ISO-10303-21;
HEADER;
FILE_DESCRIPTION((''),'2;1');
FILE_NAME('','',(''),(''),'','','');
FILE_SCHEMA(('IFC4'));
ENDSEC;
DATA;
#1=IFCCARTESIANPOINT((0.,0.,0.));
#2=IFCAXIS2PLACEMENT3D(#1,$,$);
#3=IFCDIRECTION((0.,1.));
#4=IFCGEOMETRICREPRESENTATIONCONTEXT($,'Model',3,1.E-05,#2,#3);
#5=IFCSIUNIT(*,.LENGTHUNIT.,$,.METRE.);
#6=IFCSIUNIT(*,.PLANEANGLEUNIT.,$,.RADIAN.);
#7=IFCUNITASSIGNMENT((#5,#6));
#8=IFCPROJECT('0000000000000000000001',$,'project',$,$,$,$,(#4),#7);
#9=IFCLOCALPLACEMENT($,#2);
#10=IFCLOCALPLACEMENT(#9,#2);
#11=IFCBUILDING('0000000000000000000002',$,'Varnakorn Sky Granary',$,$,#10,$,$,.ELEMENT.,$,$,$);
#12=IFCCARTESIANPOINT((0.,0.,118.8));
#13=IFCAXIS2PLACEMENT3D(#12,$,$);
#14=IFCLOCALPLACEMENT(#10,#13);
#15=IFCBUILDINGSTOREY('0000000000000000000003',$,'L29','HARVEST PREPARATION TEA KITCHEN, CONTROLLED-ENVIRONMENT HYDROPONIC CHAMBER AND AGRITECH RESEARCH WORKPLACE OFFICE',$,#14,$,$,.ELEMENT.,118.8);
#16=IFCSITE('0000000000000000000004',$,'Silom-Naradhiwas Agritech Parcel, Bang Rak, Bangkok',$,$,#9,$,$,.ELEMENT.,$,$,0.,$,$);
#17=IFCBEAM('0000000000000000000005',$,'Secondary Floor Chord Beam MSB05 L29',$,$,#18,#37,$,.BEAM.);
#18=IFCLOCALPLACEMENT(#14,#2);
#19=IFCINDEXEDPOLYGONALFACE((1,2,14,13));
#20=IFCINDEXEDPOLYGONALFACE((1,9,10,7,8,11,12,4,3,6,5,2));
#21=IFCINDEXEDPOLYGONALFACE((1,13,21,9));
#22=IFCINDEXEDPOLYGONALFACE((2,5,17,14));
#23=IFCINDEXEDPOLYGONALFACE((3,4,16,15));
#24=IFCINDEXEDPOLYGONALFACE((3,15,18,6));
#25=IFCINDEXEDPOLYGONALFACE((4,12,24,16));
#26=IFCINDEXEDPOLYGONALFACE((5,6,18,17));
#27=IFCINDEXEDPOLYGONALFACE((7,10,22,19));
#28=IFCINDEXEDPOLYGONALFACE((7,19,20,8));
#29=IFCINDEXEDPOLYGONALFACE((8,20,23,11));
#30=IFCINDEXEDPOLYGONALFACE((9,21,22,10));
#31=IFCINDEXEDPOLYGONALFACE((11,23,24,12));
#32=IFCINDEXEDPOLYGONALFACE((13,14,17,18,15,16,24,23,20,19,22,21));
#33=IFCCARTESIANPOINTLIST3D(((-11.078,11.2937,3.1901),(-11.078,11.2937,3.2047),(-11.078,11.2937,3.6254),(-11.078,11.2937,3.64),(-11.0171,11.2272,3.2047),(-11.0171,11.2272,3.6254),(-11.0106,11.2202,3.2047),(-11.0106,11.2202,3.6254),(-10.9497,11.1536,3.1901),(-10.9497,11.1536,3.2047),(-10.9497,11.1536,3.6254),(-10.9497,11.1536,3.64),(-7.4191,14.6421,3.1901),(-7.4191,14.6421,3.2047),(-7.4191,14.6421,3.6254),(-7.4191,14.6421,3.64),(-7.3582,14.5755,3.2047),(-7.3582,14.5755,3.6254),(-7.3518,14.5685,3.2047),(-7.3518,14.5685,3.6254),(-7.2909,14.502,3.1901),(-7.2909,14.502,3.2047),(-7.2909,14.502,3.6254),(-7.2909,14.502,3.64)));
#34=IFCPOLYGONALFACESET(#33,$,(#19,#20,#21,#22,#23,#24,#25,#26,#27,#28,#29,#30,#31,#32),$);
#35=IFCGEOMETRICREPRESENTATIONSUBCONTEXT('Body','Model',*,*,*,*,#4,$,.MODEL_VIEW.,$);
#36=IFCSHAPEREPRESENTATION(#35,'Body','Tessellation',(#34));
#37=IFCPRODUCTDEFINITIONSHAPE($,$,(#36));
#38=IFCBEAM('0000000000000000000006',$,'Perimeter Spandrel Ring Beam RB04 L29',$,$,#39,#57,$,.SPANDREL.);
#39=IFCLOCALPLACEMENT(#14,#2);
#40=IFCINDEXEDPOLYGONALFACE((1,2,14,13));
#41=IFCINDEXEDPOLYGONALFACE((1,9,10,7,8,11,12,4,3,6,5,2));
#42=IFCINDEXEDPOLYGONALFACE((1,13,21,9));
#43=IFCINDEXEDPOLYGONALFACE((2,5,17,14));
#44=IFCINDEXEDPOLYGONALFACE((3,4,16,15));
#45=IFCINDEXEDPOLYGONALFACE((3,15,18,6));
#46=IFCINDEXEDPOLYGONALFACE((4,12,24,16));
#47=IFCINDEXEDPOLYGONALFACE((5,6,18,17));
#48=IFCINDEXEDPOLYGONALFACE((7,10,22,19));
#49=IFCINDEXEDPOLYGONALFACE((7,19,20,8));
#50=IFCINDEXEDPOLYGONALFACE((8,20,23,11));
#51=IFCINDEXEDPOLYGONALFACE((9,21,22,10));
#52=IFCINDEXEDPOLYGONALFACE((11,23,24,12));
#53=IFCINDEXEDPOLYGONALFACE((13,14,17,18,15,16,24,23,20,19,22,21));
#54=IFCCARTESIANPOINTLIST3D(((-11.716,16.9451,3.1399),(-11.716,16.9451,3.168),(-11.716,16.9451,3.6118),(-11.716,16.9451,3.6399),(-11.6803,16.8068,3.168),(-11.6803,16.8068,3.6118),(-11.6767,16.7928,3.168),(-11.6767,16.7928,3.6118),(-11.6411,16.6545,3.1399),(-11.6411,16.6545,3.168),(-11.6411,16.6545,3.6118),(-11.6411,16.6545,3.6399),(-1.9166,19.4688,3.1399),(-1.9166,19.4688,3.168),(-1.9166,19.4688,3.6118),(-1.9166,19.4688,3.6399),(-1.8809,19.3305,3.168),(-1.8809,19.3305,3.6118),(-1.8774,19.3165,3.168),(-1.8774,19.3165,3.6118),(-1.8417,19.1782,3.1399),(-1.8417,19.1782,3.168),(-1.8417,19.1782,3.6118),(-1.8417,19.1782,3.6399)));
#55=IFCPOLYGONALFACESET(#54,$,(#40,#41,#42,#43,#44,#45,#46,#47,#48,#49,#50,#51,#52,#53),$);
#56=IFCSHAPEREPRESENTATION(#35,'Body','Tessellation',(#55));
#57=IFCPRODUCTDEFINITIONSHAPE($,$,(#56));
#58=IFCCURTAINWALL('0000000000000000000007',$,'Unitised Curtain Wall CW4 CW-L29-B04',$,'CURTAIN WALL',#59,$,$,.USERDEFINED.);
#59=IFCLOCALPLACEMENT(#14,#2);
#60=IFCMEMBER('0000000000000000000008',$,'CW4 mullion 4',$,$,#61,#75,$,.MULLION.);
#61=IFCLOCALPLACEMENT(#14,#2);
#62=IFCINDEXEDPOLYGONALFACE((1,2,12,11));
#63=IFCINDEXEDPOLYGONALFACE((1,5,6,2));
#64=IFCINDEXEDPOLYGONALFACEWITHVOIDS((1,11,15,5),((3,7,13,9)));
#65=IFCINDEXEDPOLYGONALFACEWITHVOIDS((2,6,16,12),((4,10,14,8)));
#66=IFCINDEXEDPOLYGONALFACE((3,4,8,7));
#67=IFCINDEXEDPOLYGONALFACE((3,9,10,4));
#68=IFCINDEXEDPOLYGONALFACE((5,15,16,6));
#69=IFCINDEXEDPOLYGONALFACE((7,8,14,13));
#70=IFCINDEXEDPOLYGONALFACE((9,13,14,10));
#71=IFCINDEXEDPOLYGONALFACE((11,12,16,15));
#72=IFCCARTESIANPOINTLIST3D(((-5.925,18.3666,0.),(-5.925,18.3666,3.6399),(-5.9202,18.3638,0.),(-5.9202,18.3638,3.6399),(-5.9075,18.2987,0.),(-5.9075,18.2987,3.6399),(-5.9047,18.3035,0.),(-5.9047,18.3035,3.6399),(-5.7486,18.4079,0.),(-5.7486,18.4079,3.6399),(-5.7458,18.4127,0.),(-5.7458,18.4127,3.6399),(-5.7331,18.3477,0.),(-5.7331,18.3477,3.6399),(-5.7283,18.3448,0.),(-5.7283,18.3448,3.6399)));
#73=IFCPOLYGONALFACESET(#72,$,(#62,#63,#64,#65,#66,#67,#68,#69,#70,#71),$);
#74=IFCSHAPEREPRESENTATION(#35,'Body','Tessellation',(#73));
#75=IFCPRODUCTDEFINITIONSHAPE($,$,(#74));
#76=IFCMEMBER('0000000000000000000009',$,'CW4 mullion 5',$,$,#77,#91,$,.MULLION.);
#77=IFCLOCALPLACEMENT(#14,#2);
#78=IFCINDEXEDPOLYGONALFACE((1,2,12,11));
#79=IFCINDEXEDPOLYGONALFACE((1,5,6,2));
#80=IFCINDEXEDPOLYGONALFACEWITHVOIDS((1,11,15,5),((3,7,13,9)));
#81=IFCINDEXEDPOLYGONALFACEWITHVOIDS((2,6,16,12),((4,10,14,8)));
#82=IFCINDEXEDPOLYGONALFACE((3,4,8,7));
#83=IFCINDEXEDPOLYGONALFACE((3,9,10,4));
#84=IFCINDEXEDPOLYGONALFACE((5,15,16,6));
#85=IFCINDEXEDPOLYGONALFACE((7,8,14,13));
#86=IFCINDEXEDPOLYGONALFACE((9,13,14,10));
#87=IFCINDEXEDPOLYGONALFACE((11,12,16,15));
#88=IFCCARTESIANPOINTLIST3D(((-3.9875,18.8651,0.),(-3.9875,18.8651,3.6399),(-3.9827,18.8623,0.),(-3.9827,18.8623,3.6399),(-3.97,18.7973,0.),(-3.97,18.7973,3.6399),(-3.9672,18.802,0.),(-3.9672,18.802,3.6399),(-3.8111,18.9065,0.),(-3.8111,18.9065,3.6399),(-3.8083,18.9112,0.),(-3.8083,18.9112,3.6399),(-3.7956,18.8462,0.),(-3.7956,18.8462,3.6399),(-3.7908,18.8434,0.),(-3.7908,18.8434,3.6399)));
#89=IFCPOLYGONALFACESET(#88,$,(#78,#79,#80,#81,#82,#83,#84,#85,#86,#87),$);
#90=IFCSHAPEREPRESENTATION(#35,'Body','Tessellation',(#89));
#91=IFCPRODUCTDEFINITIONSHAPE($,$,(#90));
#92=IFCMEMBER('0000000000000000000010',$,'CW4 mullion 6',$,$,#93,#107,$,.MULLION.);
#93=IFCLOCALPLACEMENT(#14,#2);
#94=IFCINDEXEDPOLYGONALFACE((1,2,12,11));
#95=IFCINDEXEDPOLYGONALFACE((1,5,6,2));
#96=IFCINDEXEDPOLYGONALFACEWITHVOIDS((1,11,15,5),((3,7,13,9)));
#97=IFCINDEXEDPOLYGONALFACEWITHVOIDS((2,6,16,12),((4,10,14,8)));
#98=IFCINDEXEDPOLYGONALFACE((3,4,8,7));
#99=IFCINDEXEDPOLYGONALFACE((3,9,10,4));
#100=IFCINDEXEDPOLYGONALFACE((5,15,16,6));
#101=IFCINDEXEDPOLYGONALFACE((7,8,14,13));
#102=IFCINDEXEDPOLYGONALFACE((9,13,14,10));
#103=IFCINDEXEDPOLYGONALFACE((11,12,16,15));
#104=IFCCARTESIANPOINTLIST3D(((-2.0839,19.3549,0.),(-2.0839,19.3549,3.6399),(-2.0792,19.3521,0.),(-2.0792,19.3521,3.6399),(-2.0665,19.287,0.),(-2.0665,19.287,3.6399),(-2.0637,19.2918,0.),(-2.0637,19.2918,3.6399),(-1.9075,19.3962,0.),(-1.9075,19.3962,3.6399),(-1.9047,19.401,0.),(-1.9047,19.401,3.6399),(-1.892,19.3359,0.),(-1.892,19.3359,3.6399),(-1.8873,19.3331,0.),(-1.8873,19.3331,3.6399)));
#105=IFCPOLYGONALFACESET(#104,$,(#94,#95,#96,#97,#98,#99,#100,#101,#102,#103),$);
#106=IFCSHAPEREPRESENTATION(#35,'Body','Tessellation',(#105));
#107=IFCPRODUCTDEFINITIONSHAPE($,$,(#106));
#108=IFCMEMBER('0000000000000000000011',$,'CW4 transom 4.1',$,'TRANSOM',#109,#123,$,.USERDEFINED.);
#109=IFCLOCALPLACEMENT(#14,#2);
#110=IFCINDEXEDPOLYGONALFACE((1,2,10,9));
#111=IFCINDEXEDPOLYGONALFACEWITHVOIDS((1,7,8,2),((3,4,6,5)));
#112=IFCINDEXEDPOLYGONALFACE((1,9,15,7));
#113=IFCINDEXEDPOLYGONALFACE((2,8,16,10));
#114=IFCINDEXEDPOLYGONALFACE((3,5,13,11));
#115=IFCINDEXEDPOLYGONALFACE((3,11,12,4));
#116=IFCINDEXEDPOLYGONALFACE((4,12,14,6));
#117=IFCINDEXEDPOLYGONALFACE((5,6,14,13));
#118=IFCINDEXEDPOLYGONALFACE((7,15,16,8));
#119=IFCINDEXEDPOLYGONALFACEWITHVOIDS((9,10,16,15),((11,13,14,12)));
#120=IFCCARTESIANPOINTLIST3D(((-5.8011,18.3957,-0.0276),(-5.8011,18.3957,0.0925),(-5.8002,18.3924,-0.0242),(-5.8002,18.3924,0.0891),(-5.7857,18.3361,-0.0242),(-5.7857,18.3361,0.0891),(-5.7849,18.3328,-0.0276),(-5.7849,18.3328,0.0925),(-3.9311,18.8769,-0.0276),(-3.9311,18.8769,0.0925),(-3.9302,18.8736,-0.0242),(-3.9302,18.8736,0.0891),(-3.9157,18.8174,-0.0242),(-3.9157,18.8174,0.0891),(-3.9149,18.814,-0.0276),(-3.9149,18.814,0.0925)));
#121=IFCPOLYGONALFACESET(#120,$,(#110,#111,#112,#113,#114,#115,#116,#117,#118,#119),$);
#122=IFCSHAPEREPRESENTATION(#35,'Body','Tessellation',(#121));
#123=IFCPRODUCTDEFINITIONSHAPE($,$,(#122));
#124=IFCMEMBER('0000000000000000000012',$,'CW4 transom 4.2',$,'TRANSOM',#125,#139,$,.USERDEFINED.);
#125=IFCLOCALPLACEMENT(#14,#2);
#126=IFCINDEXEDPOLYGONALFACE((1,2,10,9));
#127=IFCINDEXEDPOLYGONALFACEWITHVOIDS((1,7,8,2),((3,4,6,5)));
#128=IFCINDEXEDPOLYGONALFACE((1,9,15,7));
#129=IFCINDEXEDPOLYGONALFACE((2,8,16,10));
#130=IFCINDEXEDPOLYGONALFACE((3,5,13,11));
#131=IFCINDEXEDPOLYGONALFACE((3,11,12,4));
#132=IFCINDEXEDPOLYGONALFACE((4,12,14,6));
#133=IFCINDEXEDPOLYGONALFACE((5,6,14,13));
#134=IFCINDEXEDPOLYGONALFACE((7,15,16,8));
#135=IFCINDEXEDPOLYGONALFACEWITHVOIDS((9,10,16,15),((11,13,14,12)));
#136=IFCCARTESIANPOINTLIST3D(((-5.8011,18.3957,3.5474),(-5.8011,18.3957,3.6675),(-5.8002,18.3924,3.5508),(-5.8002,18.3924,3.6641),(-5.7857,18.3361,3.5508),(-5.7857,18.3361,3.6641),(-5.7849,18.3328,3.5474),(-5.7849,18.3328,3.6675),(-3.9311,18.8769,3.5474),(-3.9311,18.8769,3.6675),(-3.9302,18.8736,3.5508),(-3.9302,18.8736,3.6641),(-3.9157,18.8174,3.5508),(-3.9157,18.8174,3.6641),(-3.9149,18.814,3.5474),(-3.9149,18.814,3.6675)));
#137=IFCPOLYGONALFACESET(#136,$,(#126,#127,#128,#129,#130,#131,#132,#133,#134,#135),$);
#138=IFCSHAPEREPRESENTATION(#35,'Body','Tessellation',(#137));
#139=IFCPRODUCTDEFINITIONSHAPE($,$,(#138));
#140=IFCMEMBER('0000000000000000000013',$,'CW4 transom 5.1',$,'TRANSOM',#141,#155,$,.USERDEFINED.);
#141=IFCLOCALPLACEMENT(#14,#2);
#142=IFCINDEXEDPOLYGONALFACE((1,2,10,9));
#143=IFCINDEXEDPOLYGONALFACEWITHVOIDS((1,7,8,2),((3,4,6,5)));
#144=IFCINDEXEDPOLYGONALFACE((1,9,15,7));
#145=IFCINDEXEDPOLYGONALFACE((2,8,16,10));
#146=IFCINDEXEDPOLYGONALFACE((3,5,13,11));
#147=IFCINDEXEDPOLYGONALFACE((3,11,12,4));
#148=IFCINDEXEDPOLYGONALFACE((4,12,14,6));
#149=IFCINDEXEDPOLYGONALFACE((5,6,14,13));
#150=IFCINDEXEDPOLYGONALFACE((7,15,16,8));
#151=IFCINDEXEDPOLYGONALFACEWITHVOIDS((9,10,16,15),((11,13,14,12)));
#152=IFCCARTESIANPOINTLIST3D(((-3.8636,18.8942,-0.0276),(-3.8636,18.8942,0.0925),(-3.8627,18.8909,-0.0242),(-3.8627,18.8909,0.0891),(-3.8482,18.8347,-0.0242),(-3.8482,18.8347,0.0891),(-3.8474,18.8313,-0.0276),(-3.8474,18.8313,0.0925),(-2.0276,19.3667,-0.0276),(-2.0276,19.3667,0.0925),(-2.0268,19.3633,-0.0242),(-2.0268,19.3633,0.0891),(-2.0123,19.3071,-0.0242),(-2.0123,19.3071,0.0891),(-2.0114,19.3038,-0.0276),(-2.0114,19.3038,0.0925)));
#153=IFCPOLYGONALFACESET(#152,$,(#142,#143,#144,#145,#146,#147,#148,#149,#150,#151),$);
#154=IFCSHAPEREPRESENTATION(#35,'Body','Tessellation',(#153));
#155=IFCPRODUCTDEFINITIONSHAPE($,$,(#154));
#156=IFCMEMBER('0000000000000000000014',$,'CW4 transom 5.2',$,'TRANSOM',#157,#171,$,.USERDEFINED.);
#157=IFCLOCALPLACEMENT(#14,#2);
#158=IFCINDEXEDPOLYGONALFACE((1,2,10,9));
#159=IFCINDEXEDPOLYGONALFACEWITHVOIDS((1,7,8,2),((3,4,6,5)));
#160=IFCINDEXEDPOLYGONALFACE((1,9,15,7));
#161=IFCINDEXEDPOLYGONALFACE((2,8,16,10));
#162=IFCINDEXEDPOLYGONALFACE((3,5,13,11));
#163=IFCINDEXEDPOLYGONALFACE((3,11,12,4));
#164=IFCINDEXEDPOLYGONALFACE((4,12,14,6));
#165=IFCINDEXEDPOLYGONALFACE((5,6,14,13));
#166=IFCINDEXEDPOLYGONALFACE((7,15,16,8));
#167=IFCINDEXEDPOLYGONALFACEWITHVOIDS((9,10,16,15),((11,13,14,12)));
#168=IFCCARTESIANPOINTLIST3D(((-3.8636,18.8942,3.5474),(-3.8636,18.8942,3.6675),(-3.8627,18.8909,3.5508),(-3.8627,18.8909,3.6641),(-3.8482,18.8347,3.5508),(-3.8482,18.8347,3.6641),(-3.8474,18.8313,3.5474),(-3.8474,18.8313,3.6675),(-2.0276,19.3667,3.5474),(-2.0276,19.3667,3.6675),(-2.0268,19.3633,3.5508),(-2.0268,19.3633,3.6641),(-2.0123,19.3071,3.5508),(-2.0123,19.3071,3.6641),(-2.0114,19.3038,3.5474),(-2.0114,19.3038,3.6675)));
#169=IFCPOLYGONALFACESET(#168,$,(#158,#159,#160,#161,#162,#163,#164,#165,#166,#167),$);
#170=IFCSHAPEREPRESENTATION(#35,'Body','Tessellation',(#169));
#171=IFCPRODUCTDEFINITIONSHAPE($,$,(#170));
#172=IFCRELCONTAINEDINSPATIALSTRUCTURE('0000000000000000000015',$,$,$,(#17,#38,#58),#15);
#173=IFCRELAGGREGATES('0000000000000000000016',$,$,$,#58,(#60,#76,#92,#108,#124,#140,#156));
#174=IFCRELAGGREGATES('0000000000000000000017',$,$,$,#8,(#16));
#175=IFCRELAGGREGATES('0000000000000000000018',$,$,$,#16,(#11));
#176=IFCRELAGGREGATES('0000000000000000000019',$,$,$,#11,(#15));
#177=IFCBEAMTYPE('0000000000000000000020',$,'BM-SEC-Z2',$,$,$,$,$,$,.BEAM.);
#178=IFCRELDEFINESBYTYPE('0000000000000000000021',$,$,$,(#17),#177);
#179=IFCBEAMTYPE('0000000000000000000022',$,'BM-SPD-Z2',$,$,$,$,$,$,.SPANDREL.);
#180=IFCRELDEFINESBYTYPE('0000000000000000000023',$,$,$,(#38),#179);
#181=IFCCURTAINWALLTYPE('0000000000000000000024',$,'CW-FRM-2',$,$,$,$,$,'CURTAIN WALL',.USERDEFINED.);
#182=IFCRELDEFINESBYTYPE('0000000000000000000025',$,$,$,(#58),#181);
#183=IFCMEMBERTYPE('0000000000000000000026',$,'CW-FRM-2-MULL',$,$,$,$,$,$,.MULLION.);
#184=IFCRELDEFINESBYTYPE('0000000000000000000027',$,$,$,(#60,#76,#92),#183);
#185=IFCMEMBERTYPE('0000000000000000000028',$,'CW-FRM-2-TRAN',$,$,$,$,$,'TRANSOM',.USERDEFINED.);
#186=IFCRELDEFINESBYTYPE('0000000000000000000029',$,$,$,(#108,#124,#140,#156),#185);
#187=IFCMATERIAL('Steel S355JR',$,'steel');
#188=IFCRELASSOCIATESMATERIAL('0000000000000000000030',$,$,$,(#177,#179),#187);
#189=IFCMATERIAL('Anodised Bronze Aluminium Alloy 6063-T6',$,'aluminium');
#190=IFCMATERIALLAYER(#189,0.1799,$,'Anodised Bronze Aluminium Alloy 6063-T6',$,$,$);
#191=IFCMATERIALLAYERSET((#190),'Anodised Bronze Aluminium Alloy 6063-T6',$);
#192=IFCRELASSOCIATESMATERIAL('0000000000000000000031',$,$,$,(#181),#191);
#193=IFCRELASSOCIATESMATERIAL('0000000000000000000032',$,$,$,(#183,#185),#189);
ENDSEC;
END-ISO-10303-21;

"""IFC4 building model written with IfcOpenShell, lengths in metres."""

from ifc_helpers import new_model, si_unit, direction, frame, origin, origin_2d, place, context, subcontext, project, spatial, hollow_rectangle, i_section, extrude, material, layer, layer_set, material_profile, profile_set, type_object, element, aggregate, save


model = new_model("IFC4")

# Units and contexts
model_context = context("Model", 3, precision=1e-05, world=origin(), true_north=direction((0.0, 1.0)))
body_context = subcontext(model_context, "Body", "Model", "MODEL_VIEW")
ifc_project = project(units=[si_unit("LENGTHUNIT", "METRE"), si_unit("PLANEANGLEUNIT", "RADIAN")], contexts=[model_context])

# Site, building, storey
site_placement = place(None, origin())
site = spatial("IfcSite", under=ifc_project, at=site_placement, Name="Silom-Naradhiwas Agritech Parcel, Bang Rak, Bangkok", CompositionType="ELEMENT", RefElevation=0.0)
building_placement = place(site_placement, origin())
building = spatial("IfcBuilding", under=site, at=building_placement, Name="Varnakorn Sky Granary", CompositionType="ELEMENT")
storey_placement = place(building_placement, frame((0.0, 0.0, 118.8)))
storey = spatial("IfcBuildingStorey", under=building, at=storey_placement, Name="L29", Description="HARVEST PREPARATION TEA KITCHEN, CONTROLLED-ENVIRONMENT HYDROPONIC CHAMBER AND AGRITECH RESEARCH WORKPLACE OFFICE", CompositionType="ELEMENT", Elevation=118.8)

# Beams
ifc_material_1 = material(Name="Steel S355JR", Category="steel")
ifc_material_profile_1 = material_profile(ifc_material_1, i_section(OverallWidth=0.1899, OverallDepth=0.45, WebThickness=0.0095, FlangeThickness=0.0146, at=origin_2d()), Name="IPE 450")
ifc_profile_set_1 = profile_set([ifc_material_profile_1], Name="Steel S355JR")
beam_type_1 = type_object("IfcBeamType", Name="BM-SEC-Z2", PredefinedType="BEAM", material=ifc_profile_set_1)
beam_1_placement = place(storey_placement, frame((-7.355, 14.572, 3.415), z_axis=(-0.73772, -0.675107, 0.0), x_axis=(0.675107, -0.73772, 0.0)))
element("IfcBeam", 1, at=beam_1_placement, inside=storey, type_object=beam_type_1, Name="Secondary Floor Chord Beam MSB05 L29", PredefinedType="BEAM", context=body_context, shape_type="SweptSolid", body=[
    extrude(i_section(OverallWidth=0.1899, OverallDepth=0.45, WebThickness=0.0095, FlangeThickness=0.0146, at=origin_2d()), origin(), (0.0, 0.0, 1.0), 4.9597),
])
ifc_material_profile_2 = material_profile(ifc_material_1, i_section(OverallWidth=0.3, OverallDepth=0.5, WebThickness=0.0144, FlangeThickness=0.0281, at=origin_2d()), Name="HE 500 B")
ifc_profile_set_2 = profile_set([ifc_material_profile_2], Name="Steel S355JR")
beam_type_2 = type_object("IfcBeamType", Name="BM-SPD-Z2", PredefinedType="SPANDREL", material=ifc_profile_set_2)
beam_2_placement = place(storey_placement, frame((-1.8792, 19.3235, 3.3899), z_axis=(-0.968401, -0.249399, 0.0), x_axis=(0.249399, -0.968401, 0.0)))
element("IfcBeam", 2, at=beam_2_placement, inside=storey, type_object=beam_type_2, Name="Perimeter Spandrel Ring Beam RB04 L29", PredefinedType="SPANDREL", context=body_context, shape_type="SweptSolid", body=[
    extrude(i_section(OverallWidth=0.3, OverallDepth=0.5, WebThickness=0.0144, FlangeThickness=0.0281, at=origin_2d()), origin(), (0.0, 0.0, 1.0), 10.1191),
])

# Curtain wall, members
ifc_material_2 = material(Name="Anodised Bronze Aluminium Alloy 6063-T6", Category="aluminium")
ifc_layer_1 = layer(ifc_material_2, 0.1799, Name="Anodised Bronze Aluminium Alloy 6063-T6")
ifc_layer_set_1 = layer_set([ifc_layer_1], Name="Anodised Bronze Aluminium Alloy 6063-T6")
curtain_wall_type = type_object("IfcCurtainWallType", Name="CW-FRM-2", ElementType="CURTAIN WALL", PredefinedType="USERDEFINED", material=ifc_layer_set_1)
curtain_wall_placement = place(storey_placement, origin())
curtain_wall = element("IfcCurtainWall", 3, at=curtain_wall_placement, inside=storey, type_object=curtain_wall_type, Name="Unitised Curtain Wall CW4 CW-L29-B04", ObjectType="CURTAIN WALL", PredefinedType="USERDEFINED")
ifc_material_profile_3 = material_profile(ifc_material_2, hollow_rectangle(XDim=0.0701, YDim=0.1851, WallThickness=0.0039, at=origin_2d()), Name="ALU MULL 70x185")
ifc_profile_set_3 = profile_set([ifc_material_profile_3], Name="Anodised Bronze Aluminium Alloy 6063-T6")
member_type_1 = type_object("IfcMemberType", Name="CW-FRM-2-MULL", PredefinedType="MULLION", material=ifc_profile_set_3)
member_1_placement = place(storey_placement, frame((-5.8267, 18.3557, 0.0), z_axis=(0.0, 0.0, 1.0), x_axis=(-0.249196, 0.968453, 0.0)))
member_1 = element("IfcMember", 4, at=member_1_placement, type_object=member_type_1, Name="CW4 mullion 4", PredefinedType="MULLION", context=body_context, shape_type="SweptSolid", body=[
    extrude(hollow_rectangle(XDim=0.0701, YDim=0.1851, WallThickness=0.0039, at=origin_2d()), origin(), (0.0, 0.0, 1.0), 3.6399),
])
member_2_placement = place(storey_placement, frame((-3.8892, 18.8542, 0.0), z_axis=(0.0, 0.0, 1.0), x_axis=(-0.249196, 0.968453, 0.0)))
member_2 = element("IfcMember", 5, at=member_2_placement, type_object=member_type_1, Name="CW4 mullion 5", PredefinedType="MULLION", context=body_context, shape_type="SweptSolid", body=[
    extrude(hollow_rectangle(XDim=0.0701, YDim=0.1851, WallThickness=0.0039, at=origin_2d()), origin(), (0.0, 0.0, 1.0), 3.6399),
])
member_3_placement = place(storey_placement, frame((-1.9856, 19.344, 0.0), z_axis=(0.0, 0.0, 1.0), x_axis=(-0.249196, 0.968453, 0.0)))
member_3 = element("IfcMember", 6, at=member_3_placement, type_object=member_type_1, Name="CW4 mullion 6", PredefinedType="MULLION", context=body_context, shape_type="SweptSolid", body=[
    extrude(hollow_rectangle(XDim=0.0701, YDim=0.1851, WallThickness=0.0039, at=origin_2d()), origin(), (0.0, 0.0, 1.0), 3.6399),
])
ifc_material_profile_4 = material_profile(ifc_material_2, hollow_rectangle(XDim=0.0649, YDim=0.1201, WallThickness=0.0034, at=origin_2d()), Name="ALU TRAN 65x120")
ifc_profile_set_4 = profile_set([ifc_material_profile_4], Name="Anodised Bronze Aluminium Alloy 6063-T6")
member_type_2 = type_object("IfcMemberType", Name="CW-FRM-2-TRAN", ElementType="TRANSOM", PredefinedType="USERDEFINED", material=ifc_profile_set_4)
member_4_placement = place(storey_placement, frame((-5.793, 18.3643, 0.0325), z_axis=(0.968446, 0.249224, 0.0), x_axis=(-0.249224, 0.968446, 0.0)))
member_4 = element("IfcMember", 7, at=member_4_placement, type_object=member_type_2, Name="CW4 transom 4.1", ObjectType="TRANSOM", PredefinedType="USERDEFINED", context=body_context, shape_type="SweptSolid", body=[
    extrude(hollow_rectangle(XDim=0.0649, YDim=0.1201, WallThickness=0.0034, at=origin_2d()), origin(), (0.0, 0.0, 1.0), 1.9309),
])
member_5_placement = place(storey_placement, frame((-5.793, 18.3643, 3.6074), z_axis=(0.968446, 0.249224, 0.0), x_axis=(-0.249224, 0.968446, 0.0)))
member_5 = element("IfcMember", 8, at=member_5_placement, type_object=member_type_2, Name="CW4 transom 4.2", ObjectType="TRANSOM", PredefinedType="USERDEFINED", context=body_context, shape_type="SweptSolid", body=[
    extrude(hollow_rectangle(XDim=0.0649, YDim=0.1201, WallThickness=0.0034, at=origin_2d()), origin(), (0.0, 0.0, 1.0), 1.9309),
])
member_6_placement = place(storey_placement, frame((-3.8555, 18.8628, 0.0325), z_axis=(0.968453, 0.249196, 0.0), x_axis=(-0.249196, 0.968453, 0.0)))
member_6 = element("IfcMember", 9, at=member_6_placement, type_object=member_type_2, Name="CW4 transom 5.1", ObjectType="TRANSOM", PredefinedType="USERDEFINED", context=body_context, shape_type="SweptSolid", body=[
    extrude(hollow_rectangle(XDim=0.0649, YDim=0.1201, WallThickness=0.0034, at=origin_2d()), origin(), (0.0, 0.0, 1.0), 1.8958),
])
member_7_placement = place(storey_placement, frame((-3.8555, 18.8628, 3.6074), z_axis=(0.968453, 0.249196, 0.0), x_axis=(-0.249196, 0.968453, 0.0)))
member_7 = element("IfcMember", 10, at=member_7_placement, type_object=member_type_2, Name="CW4 transom 5.2", ObjectType="TRANSOM", PredefinedType="USERDEFINED", context=body_context, shape_type="SweptSolid", body=[
    extrude(hollow_rectangle(XDim=0.0649, YDim=0.1201, WallThickness=0.0034, at=origin_2d()), origin(), (0.0, 0.0, 1.0), 1.8958),
])

aggregate(curtain_wall, [member_1, member_2, member_3, member_4, member_5, member_6, member_7])

save(model, "model.ifc")
